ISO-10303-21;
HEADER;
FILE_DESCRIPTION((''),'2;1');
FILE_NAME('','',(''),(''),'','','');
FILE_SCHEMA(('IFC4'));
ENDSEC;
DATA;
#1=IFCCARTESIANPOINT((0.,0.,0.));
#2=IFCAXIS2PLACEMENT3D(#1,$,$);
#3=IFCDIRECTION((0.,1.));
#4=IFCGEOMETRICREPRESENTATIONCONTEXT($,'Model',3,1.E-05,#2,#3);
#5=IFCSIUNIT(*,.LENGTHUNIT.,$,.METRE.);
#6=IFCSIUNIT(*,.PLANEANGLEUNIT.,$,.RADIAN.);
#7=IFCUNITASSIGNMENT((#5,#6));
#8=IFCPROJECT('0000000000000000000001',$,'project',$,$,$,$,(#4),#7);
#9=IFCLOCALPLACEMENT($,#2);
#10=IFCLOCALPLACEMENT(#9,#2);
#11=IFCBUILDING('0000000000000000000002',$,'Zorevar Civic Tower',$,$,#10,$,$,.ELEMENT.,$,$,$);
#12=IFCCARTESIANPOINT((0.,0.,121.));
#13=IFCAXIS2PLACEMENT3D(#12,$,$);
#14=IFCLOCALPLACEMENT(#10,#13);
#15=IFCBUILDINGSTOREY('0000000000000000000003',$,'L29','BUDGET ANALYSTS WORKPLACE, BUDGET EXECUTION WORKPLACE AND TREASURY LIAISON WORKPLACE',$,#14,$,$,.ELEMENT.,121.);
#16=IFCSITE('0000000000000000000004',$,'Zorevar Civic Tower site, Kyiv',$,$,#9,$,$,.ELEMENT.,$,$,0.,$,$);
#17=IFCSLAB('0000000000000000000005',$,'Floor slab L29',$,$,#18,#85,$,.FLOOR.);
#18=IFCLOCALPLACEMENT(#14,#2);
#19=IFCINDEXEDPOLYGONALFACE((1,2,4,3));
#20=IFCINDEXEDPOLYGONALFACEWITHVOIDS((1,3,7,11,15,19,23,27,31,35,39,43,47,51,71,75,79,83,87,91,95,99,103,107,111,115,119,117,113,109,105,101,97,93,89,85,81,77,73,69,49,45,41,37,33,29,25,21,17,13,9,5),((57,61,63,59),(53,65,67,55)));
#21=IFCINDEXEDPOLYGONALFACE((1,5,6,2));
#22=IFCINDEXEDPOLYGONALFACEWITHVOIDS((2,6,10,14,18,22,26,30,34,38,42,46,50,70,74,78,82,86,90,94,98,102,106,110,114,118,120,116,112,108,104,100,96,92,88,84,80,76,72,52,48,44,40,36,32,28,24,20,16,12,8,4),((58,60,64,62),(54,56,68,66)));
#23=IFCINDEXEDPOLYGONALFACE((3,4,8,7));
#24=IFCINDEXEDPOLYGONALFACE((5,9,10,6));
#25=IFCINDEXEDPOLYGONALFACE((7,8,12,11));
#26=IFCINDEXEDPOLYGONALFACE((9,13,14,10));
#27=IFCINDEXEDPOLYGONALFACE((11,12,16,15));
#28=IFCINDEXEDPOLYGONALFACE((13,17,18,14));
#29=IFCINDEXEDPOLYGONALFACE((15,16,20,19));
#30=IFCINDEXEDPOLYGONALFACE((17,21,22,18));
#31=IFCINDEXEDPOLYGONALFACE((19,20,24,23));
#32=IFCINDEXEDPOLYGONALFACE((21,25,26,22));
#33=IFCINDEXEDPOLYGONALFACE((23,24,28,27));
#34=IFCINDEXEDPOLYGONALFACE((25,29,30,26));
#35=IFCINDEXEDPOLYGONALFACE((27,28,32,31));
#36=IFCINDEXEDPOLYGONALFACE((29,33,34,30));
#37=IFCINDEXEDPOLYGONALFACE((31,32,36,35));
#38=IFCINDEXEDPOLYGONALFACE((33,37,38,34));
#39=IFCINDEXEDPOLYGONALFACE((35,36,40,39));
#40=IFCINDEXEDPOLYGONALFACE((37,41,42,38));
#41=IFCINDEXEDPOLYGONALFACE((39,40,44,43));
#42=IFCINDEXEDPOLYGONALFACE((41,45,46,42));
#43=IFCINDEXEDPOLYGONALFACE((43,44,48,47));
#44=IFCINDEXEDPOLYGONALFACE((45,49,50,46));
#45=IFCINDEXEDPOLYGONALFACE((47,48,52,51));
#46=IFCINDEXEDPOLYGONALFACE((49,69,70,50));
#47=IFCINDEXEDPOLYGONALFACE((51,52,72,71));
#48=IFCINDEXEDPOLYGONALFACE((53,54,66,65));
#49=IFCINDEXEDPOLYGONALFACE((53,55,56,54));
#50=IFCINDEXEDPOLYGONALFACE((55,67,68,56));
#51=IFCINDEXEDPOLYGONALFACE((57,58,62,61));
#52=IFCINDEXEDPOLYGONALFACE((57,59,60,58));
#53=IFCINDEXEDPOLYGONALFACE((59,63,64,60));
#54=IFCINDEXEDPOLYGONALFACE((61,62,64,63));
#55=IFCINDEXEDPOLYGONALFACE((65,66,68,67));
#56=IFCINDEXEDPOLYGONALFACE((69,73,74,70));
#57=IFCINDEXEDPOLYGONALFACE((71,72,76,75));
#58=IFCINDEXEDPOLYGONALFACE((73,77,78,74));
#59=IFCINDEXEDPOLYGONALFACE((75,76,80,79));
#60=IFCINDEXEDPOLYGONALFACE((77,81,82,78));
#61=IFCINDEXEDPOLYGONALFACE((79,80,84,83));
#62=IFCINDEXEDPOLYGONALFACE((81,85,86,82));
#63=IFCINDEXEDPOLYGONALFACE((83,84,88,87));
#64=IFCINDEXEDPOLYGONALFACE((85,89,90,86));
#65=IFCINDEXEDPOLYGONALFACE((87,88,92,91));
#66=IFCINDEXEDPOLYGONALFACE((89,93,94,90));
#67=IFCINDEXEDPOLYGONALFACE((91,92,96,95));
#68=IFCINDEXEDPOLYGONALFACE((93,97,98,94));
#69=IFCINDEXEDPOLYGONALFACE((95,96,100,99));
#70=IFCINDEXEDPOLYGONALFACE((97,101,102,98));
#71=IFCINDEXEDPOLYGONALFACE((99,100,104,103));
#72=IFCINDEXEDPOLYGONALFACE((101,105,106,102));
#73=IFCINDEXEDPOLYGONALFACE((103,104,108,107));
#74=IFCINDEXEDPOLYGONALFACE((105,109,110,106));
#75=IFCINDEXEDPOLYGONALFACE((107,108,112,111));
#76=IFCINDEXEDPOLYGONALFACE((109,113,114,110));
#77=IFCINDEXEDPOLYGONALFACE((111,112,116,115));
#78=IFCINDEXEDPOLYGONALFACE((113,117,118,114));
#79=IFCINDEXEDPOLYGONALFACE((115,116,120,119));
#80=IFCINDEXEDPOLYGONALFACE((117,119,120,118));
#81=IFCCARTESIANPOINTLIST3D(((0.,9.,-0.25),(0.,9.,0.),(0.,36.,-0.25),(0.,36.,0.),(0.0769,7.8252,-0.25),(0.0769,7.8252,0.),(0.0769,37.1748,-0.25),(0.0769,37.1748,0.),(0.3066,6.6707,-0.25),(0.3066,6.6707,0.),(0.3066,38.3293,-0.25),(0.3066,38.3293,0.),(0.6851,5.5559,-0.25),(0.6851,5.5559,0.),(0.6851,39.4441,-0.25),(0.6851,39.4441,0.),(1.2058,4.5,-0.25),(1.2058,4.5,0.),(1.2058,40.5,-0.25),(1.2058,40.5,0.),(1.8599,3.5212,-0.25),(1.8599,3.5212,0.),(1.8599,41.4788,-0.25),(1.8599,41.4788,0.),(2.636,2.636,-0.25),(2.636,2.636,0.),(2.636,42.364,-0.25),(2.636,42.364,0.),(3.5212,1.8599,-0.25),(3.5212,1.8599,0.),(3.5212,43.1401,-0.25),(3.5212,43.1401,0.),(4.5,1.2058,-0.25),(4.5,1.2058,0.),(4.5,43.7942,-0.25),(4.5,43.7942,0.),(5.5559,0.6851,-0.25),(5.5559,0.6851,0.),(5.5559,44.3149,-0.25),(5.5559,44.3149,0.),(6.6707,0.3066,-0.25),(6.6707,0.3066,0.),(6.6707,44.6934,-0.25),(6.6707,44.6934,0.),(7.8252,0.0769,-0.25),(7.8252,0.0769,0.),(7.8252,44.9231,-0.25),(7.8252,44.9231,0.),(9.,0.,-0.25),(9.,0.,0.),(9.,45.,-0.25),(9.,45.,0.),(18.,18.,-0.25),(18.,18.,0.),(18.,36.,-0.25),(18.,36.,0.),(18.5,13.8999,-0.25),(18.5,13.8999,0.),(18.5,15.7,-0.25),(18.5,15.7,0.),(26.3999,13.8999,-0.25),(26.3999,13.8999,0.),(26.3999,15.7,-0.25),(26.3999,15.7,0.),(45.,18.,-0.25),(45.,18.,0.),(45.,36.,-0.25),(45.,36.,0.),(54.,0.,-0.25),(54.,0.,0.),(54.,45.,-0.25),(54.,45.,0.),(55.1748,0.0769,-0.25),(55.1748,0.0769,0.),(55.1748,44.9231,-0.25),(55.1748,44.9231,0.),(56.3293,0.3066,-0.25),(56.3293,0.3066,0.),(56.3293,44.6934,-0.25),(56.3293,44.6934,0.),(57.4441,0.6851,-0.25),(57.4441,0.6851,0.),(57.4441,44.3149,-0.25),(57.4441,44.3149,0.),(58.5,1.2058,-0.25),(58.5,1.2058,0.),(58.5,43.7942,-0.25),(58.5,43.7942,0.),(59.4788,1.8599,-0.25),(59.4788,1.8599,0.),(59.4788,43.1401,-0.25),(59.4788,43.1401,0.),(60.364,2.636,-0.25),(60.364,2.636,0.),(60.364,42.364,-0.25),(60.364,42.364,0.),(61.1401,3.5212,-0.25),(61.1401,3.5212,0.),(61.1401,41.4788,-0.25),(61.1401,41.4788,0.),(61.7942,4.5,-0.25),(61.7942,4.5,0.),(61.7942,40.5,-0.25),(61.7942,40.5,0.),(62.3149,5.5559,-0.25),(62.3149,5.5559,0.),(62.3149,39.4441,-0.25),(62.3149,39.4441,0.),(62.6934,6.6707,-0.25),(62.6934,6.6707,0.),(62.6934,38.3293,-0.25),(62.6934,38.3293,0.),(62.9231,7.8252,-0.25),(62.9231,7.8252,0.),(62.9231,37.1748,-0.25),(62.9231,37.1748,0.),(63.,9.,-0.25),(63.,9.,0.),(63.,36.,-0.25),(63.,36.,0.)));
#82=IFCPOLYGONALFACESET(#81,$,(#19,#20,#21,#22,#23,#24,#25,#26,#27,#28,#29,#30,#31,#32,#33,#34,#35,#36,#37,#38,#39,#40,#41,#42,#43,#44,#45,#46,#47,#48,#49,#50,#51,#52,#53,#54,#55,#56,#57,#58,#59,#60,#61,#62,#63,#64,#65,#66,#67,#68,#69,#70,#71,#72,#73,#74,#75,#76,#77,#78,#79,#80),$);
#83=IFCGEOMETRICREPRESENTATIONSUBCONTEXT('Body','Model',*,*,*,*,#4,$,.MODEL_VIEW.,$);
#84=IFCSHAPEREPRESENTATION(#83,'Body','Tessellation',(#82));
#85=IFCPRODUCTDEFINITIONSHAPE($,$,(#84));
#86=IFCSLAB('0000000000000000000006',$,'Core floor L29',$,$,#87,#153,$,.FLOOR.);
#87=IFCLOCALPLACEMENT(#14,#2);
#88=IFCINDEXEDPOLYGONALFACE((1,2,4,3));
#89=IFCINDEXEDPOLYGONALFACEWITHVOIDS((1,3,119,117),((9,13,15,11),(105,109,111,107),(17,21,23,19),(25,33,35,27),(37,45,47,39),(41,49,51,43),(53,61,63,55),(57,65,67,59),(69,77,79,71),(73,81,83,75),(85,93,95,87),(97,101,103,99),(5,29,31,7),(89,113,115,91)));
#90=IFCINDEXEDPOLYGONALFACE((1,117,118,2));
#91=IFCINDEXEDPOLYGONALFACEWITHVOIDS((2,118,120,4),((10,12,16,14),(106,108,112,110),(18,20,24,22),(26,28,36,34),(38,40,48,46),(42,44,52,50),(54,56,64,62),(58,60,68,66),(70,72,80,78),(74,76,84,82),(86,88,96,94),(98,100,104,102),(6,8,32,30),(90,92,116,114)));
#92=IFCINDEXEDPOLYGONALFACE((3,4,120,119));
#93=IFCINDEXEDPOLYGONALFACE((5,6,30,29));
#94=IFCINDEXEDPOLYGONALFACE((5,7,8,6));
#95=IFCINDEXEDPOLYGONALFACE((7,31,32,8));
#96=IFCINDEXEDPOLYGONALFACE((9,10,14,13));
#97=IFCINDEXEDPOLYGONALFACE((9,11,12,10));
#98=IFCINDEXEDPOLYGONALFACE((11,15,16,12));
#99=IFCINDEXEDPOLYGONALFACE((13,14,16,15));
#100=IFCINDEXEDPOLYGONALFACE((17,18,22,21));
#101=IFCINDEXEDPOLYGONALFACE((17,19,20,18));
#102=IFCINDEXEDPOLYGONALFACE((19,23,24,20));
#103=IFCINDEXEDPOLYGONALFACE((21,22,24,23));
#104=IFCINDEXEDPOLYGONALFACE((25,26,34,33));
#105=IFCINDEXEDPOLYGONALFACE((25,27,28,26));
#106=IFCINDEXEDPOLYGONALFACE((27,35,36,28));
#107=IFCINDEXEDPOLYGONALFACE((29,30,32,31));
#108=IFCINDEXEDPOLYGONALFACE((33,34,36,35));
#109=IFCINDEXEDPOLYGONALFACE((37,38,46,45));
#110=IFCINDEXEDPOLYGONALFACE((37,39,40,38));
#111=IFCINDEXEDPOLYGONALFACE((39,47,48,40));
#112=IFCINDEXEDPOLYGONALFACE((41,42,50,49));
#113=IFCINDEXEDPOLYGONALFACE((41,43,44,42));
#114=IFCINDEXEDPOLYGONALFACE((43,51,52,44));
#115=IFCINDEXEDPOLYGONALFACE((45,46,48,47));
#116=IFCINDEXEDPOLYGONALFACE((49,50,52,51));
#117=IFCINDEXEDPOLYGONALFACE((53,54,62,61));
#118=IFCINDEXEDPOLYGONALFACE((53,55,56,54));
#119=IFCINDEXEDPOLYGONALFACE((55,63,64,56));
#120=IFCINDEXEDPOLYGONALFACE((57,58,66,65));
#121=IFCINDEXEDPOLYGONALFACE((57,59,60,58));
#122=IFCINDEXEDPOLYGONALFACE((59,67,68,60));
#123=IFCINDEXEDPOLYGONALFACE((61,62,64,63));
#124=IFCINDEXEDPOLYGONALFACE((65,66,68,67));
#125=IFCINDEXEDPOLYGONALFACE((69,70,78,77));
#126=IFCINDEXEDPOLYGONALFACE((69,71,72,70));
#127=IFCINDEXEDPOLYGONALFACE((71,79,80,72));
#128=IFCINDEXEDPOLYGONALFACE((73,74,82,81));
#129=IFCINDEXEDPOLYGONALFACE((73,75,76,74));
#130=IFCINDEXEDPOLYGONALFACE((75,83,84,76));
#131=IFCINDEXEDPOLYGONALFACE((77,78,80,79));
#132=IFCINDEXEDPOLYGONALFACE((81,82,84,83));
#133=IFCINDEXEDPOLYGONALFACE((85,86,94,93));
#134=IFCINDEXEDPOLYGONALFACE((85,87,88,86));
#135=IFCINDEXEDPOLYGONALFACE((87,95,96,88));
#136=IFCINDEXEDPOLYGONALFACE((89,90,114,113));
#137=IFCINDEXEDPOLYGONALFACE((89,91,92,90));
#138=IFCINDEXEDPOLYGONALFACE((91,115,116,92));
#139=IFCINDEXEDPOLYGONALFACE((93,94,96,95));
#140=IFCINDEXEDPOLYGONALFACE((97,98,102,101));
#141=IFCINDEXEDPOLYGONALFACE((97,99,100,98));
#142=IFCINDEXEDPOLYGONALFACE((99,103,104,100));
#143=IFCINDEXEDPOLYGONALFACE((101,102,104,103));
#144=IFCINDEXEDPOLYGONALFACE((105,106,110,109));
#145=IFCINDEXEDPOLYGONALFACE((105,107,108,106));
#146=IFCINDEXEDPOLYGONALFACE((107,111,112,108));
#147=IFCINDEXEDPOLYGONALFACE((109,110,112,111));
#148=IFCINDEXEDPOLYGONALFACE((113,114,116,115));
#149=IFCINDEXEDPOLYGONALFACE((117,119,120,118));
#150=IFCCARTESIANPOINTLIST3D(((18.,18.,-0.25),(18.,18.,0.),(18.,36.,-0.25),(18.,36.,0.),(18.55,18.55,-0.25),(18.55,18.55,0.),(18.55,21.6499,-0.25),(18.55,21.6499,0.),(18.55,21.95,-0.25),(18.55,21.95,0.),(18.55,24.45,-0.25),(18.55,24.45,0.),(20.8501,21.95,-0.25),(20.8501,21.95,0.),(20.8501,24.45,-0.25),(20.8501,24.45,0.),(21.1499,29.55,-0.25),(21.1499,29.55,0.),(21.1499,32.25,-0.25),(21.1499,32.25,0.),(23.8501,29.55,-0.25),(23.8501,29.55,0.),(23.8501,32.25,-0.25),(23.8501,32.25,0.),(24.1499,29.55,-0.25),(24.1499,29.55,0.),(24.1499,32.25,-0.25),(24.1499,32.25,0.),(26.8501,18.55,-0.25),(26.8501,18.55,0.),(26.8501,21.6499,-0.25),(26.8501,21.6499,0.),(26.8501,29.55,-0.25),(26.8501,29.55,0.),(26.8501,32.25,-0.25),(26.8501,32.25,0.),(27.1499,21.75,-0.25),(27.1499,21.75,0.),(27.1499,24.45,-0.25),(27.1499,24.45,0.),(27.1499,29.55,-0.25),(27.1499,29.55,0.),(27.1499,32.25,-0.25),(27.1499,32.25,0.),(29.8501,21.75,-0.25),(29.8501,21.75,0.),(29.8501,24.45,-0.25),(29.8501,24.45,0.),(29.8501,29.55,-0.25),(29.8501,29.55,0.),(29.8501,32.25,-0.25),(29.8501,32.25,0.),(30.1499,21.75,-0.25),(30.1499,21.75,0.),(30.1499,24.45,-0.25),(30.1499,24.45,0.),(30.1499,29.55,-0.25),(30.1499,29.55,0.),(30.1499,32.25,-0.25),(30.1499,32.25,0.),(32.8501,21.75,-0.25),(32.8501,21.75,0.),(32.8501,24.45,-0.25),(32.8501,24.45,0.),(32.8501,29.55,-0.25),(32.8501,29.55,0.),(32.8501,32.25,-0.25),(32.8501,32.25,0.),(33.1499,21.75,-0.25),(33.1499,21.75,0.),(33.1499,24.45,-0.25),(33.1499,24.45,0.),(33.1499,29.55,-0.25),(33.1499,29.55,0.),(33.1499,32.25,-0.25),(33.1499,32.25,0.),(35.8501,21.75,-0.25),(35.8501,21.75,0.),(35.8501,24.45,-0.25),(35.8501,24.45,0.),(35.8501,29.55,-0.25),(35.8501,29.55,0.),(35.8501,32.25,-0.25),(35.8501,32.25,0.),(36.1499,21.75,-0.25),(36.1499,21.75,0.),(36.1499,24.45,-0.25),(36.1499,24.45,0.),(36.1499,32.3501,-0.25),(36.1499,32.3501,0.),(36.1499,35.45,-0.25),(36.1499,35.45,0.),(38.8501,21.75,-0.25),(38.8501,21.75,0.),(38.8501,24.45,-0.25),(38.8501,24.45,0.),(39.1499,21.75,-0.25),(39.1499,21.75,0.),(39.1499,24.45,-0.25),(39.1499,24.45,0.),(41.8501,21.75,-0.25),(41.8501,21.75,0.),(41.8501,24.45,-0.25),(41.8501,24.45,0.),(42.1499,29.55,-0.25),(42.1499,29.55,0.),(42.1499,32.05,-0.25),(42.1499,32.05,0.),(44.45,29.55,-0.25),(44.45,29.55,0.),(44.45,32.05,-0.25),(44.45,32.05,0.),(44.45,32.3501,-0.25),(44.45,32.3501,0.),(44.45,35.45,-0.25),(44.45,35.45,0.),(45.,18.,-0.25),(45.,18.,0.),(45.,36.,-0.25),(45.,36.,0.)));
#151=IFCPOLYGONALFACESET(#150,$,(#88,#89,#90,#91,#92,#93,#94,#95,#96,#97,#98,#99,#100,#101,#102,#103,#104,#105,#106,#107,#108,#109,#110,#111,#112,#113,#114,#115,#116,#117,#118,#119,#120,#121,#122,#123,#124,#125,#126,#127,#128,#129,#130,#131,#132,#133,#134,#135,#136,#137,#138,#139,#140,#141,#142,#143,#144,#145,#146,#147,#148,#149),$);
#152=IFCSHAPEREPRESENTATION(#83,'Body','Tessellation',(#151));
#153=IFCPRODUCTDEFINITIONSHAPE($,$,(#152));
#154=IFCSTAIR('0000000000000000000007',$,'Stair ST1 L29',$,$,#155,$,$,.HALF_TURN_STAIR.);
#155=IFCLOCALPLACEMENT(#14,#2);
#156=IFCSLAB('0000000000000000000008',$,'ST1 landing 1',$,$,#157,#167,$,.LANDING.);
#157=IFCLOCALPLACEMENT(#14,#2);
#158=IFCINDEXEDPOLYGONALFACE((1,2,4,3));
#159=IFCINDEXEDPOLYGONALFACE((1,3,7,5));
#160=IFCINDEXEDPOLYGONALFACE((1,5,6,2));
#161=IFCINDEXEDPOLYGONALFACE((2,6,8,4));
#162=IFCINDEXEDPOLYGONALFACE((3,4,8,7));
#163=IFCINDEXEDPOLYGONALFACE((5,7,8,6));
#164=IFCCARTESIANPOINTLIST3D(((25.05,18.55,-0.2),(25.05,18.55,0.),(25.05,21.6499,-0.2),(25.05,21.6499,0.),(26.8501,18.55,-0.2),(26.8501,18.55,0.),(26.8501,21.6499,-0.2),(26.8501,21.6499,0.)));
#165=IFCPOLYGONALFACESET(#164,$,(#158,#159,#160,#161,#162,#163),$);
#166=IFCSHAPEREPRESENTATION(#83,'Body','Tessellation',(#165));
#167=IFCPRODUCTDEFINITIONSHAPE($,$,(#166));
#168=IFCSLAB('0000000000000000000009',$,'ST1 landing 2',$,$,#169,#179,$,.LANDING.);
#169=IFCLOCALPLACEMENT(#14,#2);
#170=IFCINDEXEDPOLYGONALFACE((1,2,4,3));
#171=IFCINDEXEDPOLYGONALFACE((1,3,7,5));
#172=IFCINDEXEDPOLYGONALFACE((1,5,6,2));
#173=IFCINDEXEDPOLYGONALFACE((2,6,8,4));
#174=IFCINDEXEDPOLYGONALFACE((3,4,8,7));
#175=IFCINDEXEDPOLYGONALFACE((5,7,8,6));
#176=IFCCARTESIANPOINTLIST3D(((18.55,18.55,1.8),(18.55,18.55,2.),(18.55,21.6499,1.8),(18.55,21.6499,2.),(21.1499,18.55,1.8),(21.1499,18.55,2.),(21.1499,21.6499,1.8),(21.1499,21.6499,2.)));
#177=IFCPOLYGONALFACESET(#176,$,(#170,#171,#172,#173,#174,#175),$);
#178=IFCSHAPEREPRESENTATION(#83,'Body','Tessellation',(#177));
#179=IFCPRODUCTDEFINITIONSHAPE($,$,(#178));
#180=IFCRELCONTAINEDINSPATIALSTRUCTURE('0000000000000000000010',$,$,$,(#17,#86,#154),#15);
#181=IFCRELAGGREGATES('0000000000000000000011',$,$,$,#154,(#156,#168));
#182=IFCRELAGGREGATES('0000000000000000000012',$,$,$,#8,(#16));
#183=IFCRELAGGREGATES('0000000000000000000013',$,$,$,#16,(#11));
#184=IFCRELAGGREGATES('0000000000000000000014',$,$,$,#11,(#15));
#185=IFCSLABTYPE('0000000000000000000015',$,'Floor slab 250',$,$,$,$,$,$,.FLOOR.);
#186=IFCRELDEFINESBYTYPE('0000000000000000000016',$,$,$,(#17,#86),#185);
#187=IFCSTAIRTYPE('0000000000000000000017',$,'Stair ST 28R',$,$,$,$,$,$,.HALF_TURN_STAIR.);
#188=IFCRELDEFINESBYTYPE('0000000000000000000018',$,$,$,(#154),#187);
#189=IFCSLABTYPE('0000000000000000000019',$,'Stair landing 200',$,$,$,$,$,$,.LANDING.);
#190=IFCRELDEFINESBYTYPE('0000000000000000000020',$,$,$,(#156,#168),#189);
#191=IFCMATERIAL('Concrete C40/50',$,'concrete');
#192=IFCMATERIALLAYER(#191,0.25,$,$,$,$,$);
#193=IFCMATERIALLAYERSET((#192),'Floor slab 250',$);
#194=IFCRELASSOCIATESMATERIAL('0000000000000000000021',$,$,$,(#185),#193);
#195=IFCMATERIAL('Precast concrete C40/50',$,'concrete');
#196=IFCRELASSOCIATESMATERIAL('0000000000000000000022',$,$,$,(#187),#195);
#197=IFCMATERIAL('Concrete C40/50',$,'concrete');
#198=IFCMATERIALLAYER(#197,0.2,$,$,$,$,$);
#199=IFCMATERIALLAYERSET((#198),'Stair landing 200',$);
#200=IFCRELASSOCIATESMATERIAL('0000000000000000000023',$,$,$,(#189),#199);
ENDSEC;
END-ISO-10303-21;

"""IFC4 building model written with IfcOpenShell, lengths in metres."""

from ifc_helpers import new_model, si_unit, direction, frame, origin, place, context, subcontext, project, spatial, polyline, outline, extrude, material, layer, layer_set, type_object, element, aggregate, save


model = new_model("IFC4")

# Units and contexts
model_context = context("Model", 3, precision=1e-05, world=origin(), true_north=direction((0.0, 1.0)))
body_context = subcontext(model_context, "Body", "Model", "MODEL_VIEW")
ifc_project = project(units=[si_unit("LENGTHUNIT", "METRE"), si_unit("PLANEANGLEUNIT", "RADIAN")], contexts=[model_context])

# Site, building, storey
site_placement = place(None, origin())
site = spatial("IfcSite", under=ifc_project, at=site_placement, Name="Zorevar Civic Tower site, Kyiv", CompositionType="ELEMENT", RefElevation=0.0)
building_placement = place(site_placement, origin())
building = spatial("IfcBuilding", under=site, at=building_placement, Name="Zorevar Civic Tower", CompositionType="ELEMENT")
storey_placement = place(building_placement, frame((0.0, 0.0, 121.0)))
storey = spatial("IfcBuildingStorey", under=building, at=storey_placement, Name="L29", Description="BUDGET ANALYSTS WORKPLACE, BUDGET EXECUTION WORKPLACE AND TREASURY LIAISON WORKPLACE", CompositionType="ELEMENT", Elevation=121.0)

# Slabs
ifc_material_1 = material(Name="Concrete C40/50", Category="concrete")
ifc_layer_1 = layer(ifc_material_1, 0.25)
ifc_layer_set_1 = layer_set([ifc_layer_1], Name="Floor slab 250")
slab_type_1 = type_object("IfcSlabType", Name="Floor slab 250", PredefinedType="FLOOR", material=ifc_layer_set_1)
slab_1_placement = place(storey_placement, frame((0.0, 0.0, -0.25)))
element("IfcSlab", 1, at=slab_1_placement, inside=storey, type_object=slab_type_1, Name="Floor slab L29", PredefinedType="FLOOR", context=body_context, shape_type="SweptSolid", body=[
    extrude(outline(polyline([(54.0, 0.0), (55.1748, 0.0769), (56.3293, 0.3066), (57.4441, 0.6851), (58.5, 1.2058), (59.4788, 1.8599), (60.364, 2.636), (61.1401, 3.5212), (61.7942, 4.5), (62.3149, 5.5559), (62.6934, 6.6707), (62.9231, 7.8252), (63.0, 9.0), (63.0, 36.0), (62.9231, 37.1748), (62.6934, 38.3293), (62.3149, 39.4441), (61.7942, 40.5), (61.1401, 41.4788), (60.364, 42.364), (59.4788, 43.1401), (58.5, 43.7942), (57.4441, 44.3149), (56.3293, 44.6934), (55.1748, 44.9231), (54.0, 45.0), (9.0, 45.0), (7.8252, 44.9231), (6.6707, 44.6934), (5.5559, 44.3149), (4.5, 43.7942), (3.5212, 43.1401), (2.636, 42.364), (1.8599, 41.4788), (1.2058, 40.5), (0.6851, 39.4441), (0.3066, 38.3293), (0.0769, 37.1748), (0.0, 36.0), (0.0, 9.0), (0.0769, 7.8252), (0.3066, 6.6707), (0.6851, 5.5559), (1.2058, 4.5), (1.8599, 3.5212), (2.636, 2.636), (3.5212, 1.8599), (4.5, 1.2058), (5.5559, 0.6851), (6.6707, 0.3066), (7.8252, 0.0769), (9.0, 0.0), (54.0, 0.0)]), holes=[polyline([(18.0, 18.0), (45.0, 18.0), (45.0, 36.0), (18.0, 36.0), (18.0, 18.0)]), polyline([(18.5, 13.8999), (26.3999, 13.8999), (26.3999, 15.7), (18.5, 15.7), (18.5, 13.8999)])]), origin(), (0.0, 0.0, 1.0), 0.25),
])
slab_2_placement = place(storey_placement, frame((0.0, 0.0, -0.25)))
element("IfcSlab", 2, at=slab_2_placement, inside=storey, type_object=slab_type_1, Name="Core floor L29", PredefinedType="FLOOR", context=body_context, shape_type="SweptSolid", body=[
    extrude(outline(polyline([(18.0, 18.0), (45.0, 18.0), (45.0, 36.0), (18.0, 36.0), (18.0, 18.0)]), holes=[polyline([(18.55, 18.55), (26.8501, 18.55), (26.8501, 21.6499), (18.55, 21.6499), (18.55, 18.55)]), polyline([(36.1499, 32.3501), (44.45, 32.3501), (44.45, 35.45), (36.1499, 35.45), (36.1499, 32.3501)]), polyline([(18.55, 21.95), (20.8501, 21.95), (20.8501, 24.45), (18.55, 24.45), (18.55, 21.95)]), polyline([(42.1499, 29.55), (44.45, 29.55), (44.45, 32.05), (42.1499, 32.05), (42.1499, 29.55)]), polyline([(27.1499, 21.75), (29.8501, 21.75), (29.8501, 24.45), (27.1499, 24.45), (27.1499, 21.75)]), polyline([(33.1499, 29.55), (35.8501, 29.55), (35.8501, 32.25), (33.1499, 32.25), (33.1499, 29.55)]), polyline([(30.1499, 21.75), (32.8501, 21.75), (32.8501, 24.45), (30.1499, 24.45), (30.1499, 21.75)]), polyline([(30.1499, 29.55), (32.8501, 29.55), (32.8501, 32.25), (30.1499, 32.25), (30.1499, 29.55)]), polyline([(33.1499, 21.75), (35.8501, 21.75), (35.8501, 24.45), (33.1499, 24.45), (33.1499, 21.75)]), polyline([(27.1499, 29.55), (29.8501, 29.55), (29.8501, 32.25), (27.1499, 32.25), (27.1499, 29.55)]), polyline([(36.1499, 21.75), (38.8501, 21.75), (38.8501, 24.45), (36.1499, 24.45), (36.1499, 21.75)]), polyline([(24.1499, 29.55), (26.8501, 29.55), (26.8501, 32.25), (24.1499, 32.25), (24.1499, 29.55)]), polyline([(39.1499, 21.75), (41.8501, 21.75), (41.8501, 24.45), (39.1499, 24.45), (39.1499, 21.75)]), polyline([(21.1499, 29.55), (23.8501, 29.55), (23.8501, 32.25), (21.1499, 32.25), (21.1499, 29.55)])]), origin(), (0.0, 0.0, 1.0), 0.25),
])

# Stair, slabs
ifc_material_2 = material(Name="Precast concrete C40/50", Category="concrete")
stair_type = type_object("IfcStairType", Name="Stair ST 28R", PredefinedType="HALF_TURN_STAIR", material=ifc_material_2)
stair_1_placement = place(storey_placement, origin())
stair_1 = element("IfcStair", 3, at=stair_1_placement, inside=storey, type_object=stair_type, Name="Stair ST1 L29", PredefinedType="HALF_TURN_STAIR")
ifc_material_3 = material(Name="Concrete C40/50", Category="concrete")
ifc_layer_2 = layer(ifc_material_3, 0.2)
ifc_layer_set_2 = layer_set([ifc_layer_2], Name="Stair landing 200")
slab_type_2 = type_object("IfcSlabType", Name="Stair landing 200", PredefinedType="LANDING", material=ifc_layer_set_2)
slab_3_placement = place(storey_placement, frame((0.0, 0.0, -0.2)))
slab_3 = element("IfcSlab", 4, at=slab_3_placement, type_object=slab_type_2, Name="ST1 landing 1", PredefinedType="LANDING", context=body_context, shape_type="SweptSolid", body=[
    extrude(outline(polyline([(25.05, 18.55), (26.8501, 18.55), (26.8501, 21.6499), (25.05, 21.6499), (25.05, 18.55)])), origin(), (0.0, 0.0, 1.0), 0.2),
])
slab_4_placement = place(storey_placement, frame((0.0, 0.0, 1.8)))
slab_4 = element("IfcSlab", 5, at=slab_4_placement, type_object=slab_type_2, Name="ST1 landing 2", PredefinedType="LANDING", context=body_context, shape_type="SweptSolid", body=[
    extrude(outline(polyline([(18.55, 18.55), (21.1499, 18.55), (21.1499, 21.6499), (18.55, 21.6499), (18.55, 18.55)])), origin(), (0.0, 0.0, 1.0), 0.2),
])
aggregate(stair_1, [slab_3, slab_4])

save(model, "model.ifc")
